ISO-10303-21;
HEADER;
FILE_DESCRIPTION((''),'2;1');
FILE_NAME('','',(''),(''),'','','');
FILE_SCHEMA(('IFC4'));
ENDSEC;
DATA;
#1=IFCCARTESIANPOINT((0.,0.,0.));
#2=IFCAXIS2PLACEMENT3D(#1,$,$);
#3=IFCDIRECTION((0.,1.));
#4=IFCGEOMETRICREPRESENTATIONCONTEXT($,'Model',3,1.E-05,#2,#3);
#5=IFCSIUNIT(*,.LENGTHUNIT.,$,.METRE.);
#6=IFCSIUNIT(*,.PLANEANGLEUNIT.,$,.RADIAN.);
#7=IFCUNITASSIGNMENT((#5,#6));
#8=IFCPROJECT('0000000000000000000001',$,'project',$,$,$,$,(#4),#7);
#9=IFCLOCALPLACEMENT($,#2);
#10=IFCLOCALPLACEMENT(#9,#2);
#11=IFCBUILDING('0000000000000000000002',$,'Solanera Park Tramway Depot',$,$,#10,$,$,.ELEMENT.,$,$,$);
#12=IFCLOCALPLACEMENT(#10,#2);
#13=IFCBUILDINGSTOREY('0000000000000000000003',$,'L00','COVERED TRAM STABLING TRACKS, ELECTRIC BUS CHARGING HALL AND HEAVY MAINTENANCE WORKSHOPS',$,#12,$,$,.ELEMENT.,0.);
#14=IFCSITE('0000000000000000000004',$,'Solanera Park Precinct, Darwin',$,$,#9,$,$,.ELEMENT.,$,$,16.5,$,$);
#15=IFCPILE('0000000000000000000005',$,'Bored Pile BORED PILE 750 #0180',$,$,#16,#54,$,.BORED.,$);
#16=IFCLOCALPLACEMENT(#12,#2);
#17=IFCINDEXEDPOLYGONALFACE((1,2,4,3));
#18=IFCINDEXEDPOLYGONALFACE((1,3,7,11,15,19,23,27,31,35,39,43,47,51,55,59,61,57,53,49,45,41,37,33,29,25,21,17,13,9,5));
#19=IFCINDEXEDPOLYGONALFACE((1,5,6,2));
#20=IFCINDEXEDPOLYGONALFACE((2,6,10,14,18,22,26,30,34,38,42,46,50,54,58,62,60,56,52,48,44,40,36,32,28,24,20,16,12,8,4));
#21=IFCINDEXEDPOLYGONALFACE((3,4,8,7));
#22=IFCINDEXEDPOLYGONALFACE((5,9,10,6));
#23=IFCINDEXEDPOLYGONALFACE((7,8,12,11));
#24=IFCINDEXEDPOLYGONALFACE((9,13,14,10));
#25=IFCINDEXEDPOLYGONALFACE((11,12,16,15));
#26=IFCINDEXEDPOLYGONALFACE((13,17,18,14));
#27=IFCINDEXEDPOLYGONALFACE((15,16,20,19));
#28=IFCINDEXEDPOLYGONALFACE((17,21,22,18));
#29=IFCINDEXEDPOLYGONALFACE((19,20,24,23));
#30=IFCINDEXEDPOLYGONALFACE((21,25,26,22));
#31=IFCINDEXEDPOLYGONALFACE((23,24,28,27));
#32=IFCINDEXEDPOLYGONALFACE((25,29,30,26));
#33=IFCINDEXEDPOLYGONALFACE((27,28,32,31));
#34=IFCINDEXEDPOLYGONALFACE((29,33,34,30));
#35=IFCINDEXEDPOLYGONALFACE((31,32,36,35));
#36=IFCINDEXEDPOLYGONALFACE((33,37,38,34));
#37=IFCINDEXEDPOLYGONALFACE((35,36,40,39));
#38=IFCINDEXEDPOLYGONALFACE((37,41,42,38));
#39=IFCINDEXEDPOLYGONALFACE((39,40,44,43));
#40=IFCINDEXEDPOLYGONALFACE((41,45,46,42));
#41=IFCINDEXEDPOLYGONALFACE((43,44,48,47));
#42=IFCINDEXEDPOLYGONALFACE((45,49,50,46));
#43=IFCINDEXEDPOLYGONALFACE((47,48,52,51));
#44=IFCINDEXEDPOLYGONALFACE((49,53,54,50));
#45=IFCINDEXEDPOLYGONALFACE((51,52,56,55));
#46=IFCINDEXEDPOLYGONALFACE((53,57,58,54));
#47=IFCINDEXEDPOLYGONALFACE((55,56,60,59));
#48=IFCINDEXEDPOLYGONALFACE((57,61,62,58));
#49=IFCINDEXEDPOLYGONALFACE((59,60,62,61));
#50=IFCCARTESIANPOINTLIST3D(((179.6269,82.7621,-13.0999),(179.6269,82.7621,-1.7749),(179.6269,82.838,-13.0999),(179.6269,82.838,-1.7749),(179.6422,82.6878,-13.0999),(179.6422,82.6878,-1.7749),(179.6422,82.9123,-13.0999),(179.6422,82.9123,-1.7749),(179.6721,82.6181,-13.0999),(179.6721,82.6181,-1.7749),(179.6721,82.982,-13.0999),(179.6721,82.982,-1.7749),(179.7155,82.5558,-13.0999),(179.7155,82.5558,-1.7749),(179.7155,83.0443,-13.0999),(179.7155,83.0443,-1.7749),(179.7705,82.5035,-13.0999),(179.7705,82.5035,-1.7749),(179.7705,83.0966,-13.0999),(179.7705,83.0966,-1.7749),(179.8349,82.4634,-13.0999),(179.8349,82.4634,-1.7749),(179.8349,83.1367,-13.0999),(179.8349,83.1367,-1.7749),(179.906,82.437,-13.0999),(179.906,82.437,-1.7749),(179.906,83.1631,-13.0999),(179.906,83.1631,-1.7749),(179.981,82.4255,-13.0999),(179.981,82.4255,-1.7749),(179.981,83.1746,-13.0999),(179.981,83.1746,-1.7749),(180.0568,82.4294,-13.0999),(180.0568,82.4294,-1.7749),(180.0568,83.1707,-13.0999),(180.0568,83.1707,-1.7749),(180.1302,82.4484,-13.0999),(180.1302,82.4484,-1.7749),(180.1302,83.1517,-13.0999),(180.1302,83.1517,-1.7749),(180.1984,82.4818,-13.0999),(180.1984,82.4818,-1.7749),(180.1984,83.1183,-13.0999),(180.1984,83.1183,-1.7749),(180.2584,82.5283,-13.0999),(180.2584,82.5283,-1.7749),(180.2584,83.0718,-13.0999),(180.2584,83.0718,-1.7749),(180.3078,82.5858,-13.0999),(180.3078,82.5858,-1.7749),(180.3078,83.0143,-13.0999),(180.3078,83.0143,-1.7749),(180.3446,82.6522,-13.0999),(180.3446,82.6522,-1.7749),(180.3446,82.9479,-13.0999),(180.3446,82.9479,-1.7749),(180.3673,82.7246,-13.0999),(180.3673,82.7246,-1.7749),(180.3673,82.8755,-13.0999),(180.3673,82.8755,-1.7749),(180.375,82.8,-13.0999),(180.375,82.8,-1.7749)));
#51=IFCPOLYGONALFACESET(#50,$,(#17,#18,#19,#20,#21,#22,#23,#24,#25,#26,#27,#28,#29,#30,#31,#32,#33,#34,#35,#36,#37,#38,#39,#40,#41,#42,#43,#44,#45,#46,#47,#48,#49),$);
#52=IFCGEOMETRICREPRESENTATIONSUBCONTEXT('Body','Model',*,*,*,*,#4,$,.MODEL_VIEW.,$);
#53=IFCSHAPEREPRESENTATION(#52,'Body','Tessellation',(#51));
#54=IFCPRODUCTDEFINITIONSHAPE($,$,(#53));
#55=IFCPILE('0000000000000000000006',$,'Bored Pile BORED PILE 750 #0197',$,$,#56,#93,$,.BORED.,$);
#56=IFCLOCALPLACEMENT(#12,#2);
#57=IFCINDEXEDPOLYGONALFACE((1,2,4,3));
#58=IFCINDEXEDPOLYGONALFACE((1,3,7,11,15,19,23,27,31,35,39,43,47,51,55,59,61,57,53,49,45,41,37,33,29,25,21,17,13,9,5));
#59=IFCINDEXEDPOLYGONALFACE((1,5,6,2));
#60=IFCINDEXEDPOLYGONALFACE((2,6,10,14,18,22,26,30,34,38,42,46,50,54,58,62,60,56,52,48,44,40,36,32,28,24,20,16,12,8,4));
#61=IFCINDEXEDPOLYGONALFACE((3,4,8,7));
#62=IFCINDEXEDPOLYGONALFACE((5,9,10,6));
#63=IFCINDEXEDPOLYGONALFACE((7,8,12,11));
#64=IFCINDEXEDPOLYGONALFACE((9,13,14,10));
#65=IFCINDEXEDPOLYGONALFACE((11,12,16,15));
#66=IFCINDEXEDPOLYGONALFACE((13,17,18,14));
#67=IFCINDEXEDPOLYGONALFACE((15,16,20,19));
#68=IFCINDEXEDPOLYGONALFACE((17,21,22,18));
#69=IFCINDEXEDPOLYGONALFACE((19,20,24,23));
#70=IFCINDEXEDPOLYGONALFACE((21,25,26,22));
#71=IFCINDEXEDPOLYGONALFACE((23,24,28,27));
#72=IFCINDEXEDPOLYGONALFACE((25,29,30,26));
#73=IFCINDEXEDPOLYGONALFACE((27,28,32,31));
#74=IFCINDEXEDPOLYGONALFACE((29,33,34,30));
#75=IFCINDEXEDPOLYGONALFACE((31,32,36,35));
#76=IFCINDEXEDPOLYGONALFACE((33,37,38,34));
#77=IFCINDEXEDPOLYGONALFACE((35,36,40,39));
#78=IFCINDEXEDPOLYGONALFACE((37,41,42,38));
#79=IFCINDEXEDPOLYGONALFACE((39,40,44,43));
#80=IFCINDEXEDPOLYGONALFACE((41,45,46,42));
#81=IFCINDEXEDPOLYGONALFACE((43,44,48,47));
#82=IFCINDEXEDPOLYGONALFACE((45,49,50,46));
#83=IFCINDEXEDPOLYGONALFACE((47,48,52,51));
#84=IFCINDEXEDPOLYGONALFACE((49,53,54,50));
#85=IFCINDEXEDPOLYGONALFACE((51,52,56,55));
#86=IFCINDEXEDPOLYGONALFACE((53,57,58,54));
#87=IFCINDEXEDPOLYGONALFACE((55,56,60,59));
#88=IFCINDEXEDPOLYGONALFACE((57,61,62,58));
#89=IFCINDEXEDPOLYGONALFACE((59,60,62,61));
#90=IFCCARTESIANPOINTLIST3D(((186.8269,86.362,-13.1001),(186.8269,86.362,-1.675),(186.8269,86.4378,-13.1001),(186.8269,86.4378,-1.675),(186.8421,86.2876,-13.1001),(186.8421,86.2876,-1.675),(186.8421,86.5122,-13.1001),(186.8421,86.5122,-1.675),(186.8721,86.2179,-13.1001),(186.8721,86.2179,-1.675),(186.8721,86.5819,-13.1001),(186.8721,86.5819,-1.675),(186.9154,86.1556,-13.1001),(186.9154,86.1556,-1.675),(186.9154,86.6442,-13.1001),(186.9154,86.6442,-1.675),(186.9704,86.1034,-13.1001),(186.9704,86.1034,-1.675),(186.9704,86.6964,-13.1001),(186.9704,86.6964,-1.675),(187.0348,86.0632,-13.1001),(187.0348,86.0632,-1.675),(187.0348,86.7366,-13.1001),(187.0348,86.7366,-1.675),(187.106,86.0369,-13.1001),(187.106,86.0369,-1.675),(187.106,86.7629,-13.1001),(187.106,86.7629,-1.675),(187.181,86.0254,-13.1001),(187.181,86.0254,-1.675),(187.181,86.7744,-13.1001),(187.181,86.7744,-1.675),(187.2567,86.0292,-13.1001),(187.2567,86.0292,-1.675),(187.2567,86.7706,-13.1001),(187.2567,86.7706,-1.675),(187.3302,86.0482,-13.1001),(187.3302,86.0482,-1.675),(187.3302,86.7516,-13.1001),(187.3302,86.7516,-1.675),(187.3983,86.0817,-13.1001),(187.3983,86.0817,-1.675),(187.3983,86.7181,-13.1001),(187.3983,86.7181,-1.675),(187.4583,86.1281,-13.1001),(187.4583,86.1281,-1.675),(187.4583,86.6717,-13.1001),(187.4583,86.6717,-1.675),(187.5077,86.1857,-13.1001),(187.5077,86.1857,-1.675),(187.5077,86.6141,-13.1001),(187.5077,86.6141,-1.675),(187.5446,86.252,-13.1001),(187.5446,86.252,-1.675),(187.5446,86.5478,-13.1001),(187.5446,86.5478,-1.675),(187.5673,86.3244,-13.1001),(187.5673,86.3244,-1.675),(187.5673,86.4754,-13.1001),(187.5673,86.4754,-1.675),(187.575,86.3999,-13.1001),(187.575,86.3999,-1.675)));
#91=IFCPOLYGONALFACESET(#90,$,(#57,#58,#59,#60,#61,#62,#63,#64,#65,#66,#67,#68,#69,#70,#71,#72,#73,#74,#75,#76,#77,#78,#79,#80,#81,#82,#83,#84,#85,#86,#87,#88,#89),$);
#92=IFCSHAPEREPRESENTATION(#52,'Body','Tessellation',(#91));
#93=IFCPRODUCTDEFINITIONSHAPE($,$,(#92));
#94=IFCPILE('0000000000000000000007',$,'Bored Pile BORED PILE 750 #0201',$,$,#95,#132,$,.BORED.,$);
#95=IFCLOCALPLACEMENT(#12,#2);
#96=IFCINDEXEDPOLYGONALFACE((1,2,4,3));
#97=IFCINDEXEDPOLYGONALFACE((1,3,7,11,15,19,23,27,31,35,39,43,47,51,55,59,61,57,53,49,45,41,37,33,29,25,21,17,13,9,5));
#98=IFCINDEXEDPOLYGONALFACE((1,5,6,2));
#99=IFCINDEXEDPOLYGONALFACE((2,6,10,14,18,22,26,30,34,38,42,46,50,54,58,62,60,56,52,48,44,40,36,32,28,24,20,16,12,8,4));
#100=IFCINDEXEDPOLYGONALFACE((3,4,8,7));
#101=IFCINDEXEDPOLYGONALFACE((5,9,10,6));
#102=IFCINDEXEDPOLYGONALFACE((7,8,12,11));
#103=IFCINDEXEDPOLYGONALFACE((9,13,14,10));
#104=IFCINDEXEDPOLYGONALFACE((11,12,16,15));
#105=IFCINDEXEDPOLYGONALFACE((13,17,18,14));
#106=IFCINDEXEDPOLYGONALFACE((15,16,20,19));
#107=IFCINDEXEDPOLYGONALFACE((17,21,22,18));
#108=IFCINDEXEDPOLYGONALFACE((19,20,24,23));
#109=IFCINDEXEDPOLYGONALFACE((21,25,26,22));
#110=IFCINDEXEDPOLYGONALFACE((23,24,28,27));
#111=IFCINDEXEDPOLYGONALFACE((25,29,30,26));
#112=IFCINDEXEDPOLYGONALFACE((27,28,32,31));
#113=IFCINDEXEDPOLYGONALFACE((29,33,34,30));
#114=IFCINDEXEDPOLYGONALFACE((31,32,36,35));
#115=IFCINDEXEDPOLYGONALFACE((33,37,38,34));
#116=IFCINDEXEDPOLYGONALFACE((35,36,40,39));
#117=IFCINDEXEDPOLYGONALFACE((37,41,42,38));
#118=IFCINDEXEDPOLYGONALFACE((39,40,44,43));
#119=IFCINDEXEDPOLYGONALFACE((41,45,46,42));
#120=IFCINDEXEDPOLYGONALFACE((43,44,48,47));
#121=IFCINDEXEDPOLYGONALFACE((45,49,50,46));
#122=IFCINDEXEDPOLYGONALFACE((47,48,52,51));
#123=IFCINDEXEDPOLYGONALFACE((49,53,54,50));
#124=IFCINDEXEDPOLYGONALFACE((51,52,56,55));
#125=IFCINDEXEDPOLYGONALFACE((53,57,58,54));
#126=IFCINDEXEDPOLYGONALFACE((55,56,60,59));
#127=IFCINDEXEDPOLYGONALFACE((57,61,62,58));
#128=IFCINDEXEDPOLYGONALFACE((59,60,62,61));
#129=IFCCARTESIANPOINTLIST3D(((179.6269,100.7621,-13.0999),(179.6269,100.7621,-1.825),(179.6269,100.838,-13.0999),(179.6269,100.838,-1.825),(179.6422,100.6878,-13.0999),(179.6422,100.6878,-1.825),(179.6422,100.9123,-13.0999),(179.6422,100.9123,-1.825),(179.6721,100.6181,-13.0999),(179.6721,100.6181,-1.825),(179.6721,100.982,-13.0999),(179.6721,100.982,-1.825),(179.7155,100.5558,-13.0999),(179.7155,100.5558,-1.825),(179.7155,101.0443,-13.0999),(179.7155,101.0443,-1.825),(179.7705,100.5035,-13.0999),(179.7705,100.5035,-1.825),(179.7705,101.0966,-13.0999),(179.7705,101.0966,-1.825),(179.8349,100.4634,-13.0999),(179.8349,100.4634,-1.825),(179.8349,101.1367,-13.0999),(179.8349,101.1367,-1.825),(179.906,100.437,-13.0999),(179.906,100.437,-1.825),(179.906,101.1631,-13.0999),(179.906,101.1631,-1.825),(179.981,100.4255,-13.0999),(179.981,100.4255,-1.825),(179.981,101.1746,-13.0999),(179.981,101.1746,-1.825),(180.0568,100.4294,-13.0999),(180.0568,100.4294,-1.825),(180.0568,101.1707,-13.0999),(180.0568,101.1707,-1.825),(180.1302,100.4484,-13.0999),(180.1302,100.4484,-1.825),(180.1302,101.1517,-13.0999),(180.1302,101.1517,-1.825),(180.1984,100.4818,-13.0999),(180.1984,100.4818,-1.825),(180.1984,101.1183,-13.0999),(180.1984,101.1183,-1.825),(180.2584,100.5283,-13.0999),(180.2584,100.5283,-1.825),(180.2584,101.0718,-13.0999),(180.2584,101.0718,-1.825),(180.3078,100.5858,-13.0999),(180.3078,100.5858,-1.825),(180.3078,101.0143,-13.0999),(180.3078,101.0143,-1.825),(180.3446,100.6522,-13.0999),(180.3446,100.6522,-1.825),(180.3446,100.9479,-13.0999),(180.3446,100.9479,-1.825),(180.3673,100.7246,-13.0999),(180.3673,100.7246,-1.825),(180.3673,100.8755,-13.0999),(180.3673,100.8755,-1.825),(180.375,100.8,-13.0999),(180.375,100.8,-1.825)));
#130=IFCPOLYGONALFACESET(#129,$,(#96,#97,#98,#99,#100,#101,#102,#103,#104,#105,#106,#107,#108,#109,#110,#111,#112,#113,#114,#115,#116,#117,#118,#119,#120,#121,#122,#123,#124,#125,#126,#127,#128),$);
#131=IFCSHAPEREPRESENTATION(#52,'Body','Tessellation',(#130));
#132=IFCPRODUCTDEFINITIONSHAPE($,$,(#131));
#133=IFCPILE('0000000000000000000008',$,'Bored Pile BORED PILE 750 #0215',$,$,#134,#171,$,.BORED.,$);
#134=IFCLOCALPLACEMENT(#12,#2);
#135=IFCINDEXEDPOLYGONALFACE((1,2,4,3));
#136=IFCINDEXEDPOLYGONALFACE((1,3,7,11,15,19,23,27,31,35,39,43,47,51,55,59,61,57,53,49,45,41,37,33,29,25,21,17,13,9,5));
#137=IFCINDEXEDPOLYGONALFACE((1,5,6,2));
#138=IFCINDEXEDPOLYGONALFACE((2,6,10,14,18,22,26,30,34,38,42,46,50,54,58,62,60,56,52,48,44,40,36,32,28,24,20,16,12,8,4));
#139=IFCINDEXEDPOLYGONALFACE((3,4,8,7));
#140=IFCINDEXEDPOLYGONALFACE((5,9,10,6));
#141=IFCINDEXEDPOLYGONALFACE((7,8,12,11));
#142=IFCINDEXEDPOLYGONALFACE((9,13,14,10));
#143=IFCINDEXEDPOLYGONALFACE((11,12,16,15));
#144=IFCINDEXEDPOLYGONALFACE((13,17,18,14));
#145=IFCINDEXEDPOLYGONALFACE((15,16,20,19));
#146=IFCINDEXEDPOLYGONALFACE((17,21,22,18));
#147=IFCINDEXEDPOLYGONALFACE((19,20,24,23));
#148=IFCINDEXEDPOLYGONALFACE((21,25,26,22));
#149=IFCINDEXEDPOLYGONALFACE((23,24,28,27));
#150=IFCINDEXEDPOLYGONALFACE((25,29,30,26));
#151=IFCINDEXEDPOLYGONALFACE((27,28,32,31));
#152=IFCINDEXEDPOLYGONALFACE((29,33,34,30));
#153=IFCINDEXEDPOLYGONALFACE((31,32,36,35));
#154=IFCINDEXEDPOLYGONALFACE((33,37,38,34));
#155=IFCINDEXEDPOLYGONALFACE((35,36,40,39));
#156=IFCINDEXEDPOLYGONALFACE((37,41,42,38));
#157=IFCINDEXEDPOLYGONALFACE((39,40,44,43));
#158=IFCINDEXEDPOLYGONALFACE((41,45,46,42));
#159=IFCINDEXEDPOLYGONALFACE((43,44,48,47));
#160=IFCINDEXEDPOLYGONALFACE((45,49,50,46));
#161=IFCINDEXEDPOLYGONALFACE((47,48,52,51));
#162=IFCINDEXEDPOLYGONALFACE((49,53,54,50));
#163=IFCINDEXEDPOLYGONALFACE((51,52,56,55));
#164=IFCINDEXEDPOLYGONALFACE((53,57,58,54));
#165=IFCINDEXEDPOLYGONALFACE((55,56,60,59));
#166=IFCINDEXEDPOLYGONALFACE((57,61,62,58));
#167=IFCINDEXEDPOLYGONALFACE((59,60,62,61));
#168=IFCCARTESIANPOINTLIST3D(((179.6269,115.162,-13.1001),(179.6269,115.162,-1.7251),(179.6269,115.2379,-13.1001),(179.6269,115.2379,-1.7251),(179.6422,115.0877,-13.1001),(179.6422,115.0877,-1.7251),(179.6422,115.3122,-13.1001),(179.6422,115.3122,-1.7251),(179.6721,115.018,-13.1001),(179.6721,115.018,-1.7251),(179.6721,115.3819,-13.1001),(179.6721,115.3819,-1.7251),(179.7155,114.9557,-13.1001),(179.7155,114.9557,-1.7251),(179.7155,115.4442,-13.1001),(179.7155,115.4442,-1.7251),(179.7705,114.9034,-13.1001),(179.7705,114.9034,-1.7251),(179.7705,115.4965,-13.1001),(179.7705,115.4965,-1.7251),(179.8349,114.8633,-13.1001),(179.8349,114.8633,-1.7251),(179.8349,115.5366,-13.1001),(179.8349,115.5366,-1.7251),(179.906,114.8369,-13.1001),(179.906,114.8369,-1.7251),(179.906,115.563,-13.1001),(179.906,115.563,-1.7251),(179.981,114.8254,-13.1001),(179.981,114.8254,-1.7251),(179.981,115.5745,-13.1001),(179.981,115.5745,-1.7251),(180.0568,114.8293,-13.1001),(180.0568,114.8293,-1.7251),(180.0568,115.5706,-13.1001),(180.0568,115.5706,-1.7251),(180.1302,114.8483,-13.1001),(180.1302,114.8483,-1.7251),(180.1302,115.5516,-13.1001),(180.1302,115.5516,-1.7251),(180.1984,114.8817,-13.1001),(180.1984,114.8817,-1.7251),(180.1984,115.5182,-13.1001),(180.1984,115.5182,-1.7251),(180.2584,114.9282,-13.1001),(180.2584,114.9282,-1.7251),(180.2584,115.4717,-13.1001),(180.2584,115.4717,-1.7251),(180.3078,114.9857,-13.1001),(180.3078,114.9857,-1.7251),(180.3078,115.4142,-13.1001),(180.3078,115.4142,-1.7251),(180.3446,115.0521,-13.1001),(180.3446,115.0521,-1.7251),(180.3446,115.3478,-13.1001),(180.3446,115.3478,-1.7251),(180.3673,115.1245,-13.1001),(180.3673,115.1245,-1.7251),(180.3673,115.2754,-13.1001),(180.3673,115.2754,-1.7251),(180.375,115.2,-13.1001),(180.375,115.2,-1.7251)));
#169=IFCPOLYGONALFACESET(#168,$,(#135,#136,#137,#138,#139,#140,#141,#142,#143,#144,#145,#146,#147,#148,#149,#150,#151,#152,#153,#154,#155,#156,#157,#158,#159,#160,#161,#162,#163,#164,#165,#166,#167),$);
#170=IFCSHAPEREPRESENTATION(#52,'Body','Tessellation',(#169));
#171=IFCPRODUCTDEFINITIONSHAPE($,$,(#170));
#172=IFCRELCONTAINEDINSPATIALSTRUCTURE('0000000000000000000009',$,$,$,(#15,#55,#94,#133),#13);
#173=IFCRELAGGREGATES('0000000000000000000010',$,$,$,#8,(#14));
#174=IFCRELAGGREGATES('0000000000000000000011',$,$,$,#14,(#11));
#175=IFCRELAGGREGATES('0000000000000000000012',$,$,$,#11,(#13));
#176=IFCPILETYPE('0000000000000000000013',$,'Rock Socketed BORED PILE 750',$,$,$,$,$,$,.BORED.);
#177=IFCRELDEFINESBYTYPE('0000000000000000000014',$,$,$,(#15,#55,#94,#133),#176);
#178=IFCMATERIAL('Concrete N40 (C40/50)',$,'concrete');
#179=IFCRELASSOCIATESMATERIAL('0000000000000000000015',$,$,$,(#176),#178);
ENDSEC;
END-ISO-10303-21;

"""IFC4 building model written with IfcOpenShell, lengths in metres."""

from ifc_helpers import new_model, si_unit, direction, frame, origin, origin_2d, place, context, subcontext, project, spatial, circle, extrude, material, material_profile, profile_set, type_object, element, save


model = new_model("IFC4")

# Units and contexts
model_context = context("Model", 3, precision=1e-05, world=origin(), true_north=direction((0.0, 1.0)))
body_context = subcontext(model_context, "Body", "Model", "MODEL_VIEW")
ifc_project = project(units=[si_unit("LENGTHUNIT", "METRE"), si_unit("PLANEANGLEUNIT", "RADIAN")], contexts=[model_context])

# Site, building, storey
site_placement = place(None, origin())
site = spatial("IfcSite", under=ifc_project, at=site_placement, Name="Solanera Park Precinct, Darwin", CompositionType="ELEMENT", RefElevation=16.5)
building_placement = place(site_placement, origin())
building = spatial("IfcBuilding", under=site, at=building_placement, Name="Solanera Park Tramway Depot", CompositionType="ELEMENT")
storey_placement = place(building_placement, origin())
storey = spatial("IfcBuildingStorey", under=building, at=storey_placement, Name="L00", Description="COVERED TRAM STABLING TRACKS, ELECTRIC BUS CHARGING HALL AND HEAVY MAINTENANCE WORKSHOPS", CompositionType="ELEMENT", Elevation=0.0)

# Piles
ifc_material_1 = material(Name="Concrete N40 (C40/50)", Category="concrete")
ifc_material_profile_1 = material_profile(ifc_material_1, circle(Radius=0.375, at=origin_2d()), Name="BORED PILE 750")
ifc_profile_set_1 = profile_set([ifc_material_profile_1], Name="Concrete N40 (C40/50)")
pile_type_1 = type_object("IfcPileType", Name="Rock Socketed BORED PILE 750", PredefinedType="BORED", material=ifc_profile_set_1)
pile_1_placement = place(storey_placement, frame((180.0, 82.8, -1.7749), z_axis=(0.0, 0.0, -1.0), x_axis=(1.0, 0.0, 0.0)))
element("IfcPile", 1, at=pile_1_placement, inside=storey, type_object=pile_type_1, Name="Bored Pile BORED PILE 750 #0180", PredefinedType="BORED", context=body_context, shape_type="SweptSolid", body=[
    extrude(circle(Radius=0.375, at=origin_2d()), origin(), (0.0, 0.0, 1.0), 11.325),
])
pile_2_placement = place(storey_placement, frame((187.2, 86.3999, -1.675), z_axis=(0.0, 0.0, -1.0), x_axis=(1.0, 0.0, 0.0)))
element("IfcPile", 2, at=pile_2_placement, inside=storey, type_object=pile_type_1, Name="Bored Pile BORED PILE 750 #0197", PredefinedType="BORED", context=body_context, shape_type="SweptSolid", body=[
    extrude(circle(Radius=0.375, at=origin_2d()), origin(), (0.0, 0.0, 1.0), 11.425),
])
pile_3_placement = place(storey_placement, frame((180.0, 100.8, -1.825), z_axis=(0.0, 0.0, -1.0), x_axis=(1.0, 0.0, 0.0)))
element("IfcPile", 3, at=pile_3_placement, inside=storey, type_object=pile_type_1, Name="Bored Pile BORED PILE 750 #0201", PredefinedType="BORED", context=body_context, shape_type="SweptSolid", body=[
    extrude(circle(Radius=0.375, at=origin_2d()), origin(), (0.0, 0.0, 1.0), 11.2749),
])
pile_4_placement = place(storey_placement, frame((180.0, 115.2, -1.7251), z_axis=(0.0, 0.0, -1.0), x_axis=(1.0, 0.0, 0.0)))
element("IfcPile", 4, at=pile_4_placement, inside=storey, type_object=pile_type_1, Name="Bored Pile BORED PILE 750 #0215", PredefinedType="BORED", context=body_context, shape_type="SweptSolid", body=[
    extrude(circle(Radius=0.375, at=origin_2d()), origin(), (0.0, 0.0, 1.0), 11.375),
])

save(model, "model.ifc")
